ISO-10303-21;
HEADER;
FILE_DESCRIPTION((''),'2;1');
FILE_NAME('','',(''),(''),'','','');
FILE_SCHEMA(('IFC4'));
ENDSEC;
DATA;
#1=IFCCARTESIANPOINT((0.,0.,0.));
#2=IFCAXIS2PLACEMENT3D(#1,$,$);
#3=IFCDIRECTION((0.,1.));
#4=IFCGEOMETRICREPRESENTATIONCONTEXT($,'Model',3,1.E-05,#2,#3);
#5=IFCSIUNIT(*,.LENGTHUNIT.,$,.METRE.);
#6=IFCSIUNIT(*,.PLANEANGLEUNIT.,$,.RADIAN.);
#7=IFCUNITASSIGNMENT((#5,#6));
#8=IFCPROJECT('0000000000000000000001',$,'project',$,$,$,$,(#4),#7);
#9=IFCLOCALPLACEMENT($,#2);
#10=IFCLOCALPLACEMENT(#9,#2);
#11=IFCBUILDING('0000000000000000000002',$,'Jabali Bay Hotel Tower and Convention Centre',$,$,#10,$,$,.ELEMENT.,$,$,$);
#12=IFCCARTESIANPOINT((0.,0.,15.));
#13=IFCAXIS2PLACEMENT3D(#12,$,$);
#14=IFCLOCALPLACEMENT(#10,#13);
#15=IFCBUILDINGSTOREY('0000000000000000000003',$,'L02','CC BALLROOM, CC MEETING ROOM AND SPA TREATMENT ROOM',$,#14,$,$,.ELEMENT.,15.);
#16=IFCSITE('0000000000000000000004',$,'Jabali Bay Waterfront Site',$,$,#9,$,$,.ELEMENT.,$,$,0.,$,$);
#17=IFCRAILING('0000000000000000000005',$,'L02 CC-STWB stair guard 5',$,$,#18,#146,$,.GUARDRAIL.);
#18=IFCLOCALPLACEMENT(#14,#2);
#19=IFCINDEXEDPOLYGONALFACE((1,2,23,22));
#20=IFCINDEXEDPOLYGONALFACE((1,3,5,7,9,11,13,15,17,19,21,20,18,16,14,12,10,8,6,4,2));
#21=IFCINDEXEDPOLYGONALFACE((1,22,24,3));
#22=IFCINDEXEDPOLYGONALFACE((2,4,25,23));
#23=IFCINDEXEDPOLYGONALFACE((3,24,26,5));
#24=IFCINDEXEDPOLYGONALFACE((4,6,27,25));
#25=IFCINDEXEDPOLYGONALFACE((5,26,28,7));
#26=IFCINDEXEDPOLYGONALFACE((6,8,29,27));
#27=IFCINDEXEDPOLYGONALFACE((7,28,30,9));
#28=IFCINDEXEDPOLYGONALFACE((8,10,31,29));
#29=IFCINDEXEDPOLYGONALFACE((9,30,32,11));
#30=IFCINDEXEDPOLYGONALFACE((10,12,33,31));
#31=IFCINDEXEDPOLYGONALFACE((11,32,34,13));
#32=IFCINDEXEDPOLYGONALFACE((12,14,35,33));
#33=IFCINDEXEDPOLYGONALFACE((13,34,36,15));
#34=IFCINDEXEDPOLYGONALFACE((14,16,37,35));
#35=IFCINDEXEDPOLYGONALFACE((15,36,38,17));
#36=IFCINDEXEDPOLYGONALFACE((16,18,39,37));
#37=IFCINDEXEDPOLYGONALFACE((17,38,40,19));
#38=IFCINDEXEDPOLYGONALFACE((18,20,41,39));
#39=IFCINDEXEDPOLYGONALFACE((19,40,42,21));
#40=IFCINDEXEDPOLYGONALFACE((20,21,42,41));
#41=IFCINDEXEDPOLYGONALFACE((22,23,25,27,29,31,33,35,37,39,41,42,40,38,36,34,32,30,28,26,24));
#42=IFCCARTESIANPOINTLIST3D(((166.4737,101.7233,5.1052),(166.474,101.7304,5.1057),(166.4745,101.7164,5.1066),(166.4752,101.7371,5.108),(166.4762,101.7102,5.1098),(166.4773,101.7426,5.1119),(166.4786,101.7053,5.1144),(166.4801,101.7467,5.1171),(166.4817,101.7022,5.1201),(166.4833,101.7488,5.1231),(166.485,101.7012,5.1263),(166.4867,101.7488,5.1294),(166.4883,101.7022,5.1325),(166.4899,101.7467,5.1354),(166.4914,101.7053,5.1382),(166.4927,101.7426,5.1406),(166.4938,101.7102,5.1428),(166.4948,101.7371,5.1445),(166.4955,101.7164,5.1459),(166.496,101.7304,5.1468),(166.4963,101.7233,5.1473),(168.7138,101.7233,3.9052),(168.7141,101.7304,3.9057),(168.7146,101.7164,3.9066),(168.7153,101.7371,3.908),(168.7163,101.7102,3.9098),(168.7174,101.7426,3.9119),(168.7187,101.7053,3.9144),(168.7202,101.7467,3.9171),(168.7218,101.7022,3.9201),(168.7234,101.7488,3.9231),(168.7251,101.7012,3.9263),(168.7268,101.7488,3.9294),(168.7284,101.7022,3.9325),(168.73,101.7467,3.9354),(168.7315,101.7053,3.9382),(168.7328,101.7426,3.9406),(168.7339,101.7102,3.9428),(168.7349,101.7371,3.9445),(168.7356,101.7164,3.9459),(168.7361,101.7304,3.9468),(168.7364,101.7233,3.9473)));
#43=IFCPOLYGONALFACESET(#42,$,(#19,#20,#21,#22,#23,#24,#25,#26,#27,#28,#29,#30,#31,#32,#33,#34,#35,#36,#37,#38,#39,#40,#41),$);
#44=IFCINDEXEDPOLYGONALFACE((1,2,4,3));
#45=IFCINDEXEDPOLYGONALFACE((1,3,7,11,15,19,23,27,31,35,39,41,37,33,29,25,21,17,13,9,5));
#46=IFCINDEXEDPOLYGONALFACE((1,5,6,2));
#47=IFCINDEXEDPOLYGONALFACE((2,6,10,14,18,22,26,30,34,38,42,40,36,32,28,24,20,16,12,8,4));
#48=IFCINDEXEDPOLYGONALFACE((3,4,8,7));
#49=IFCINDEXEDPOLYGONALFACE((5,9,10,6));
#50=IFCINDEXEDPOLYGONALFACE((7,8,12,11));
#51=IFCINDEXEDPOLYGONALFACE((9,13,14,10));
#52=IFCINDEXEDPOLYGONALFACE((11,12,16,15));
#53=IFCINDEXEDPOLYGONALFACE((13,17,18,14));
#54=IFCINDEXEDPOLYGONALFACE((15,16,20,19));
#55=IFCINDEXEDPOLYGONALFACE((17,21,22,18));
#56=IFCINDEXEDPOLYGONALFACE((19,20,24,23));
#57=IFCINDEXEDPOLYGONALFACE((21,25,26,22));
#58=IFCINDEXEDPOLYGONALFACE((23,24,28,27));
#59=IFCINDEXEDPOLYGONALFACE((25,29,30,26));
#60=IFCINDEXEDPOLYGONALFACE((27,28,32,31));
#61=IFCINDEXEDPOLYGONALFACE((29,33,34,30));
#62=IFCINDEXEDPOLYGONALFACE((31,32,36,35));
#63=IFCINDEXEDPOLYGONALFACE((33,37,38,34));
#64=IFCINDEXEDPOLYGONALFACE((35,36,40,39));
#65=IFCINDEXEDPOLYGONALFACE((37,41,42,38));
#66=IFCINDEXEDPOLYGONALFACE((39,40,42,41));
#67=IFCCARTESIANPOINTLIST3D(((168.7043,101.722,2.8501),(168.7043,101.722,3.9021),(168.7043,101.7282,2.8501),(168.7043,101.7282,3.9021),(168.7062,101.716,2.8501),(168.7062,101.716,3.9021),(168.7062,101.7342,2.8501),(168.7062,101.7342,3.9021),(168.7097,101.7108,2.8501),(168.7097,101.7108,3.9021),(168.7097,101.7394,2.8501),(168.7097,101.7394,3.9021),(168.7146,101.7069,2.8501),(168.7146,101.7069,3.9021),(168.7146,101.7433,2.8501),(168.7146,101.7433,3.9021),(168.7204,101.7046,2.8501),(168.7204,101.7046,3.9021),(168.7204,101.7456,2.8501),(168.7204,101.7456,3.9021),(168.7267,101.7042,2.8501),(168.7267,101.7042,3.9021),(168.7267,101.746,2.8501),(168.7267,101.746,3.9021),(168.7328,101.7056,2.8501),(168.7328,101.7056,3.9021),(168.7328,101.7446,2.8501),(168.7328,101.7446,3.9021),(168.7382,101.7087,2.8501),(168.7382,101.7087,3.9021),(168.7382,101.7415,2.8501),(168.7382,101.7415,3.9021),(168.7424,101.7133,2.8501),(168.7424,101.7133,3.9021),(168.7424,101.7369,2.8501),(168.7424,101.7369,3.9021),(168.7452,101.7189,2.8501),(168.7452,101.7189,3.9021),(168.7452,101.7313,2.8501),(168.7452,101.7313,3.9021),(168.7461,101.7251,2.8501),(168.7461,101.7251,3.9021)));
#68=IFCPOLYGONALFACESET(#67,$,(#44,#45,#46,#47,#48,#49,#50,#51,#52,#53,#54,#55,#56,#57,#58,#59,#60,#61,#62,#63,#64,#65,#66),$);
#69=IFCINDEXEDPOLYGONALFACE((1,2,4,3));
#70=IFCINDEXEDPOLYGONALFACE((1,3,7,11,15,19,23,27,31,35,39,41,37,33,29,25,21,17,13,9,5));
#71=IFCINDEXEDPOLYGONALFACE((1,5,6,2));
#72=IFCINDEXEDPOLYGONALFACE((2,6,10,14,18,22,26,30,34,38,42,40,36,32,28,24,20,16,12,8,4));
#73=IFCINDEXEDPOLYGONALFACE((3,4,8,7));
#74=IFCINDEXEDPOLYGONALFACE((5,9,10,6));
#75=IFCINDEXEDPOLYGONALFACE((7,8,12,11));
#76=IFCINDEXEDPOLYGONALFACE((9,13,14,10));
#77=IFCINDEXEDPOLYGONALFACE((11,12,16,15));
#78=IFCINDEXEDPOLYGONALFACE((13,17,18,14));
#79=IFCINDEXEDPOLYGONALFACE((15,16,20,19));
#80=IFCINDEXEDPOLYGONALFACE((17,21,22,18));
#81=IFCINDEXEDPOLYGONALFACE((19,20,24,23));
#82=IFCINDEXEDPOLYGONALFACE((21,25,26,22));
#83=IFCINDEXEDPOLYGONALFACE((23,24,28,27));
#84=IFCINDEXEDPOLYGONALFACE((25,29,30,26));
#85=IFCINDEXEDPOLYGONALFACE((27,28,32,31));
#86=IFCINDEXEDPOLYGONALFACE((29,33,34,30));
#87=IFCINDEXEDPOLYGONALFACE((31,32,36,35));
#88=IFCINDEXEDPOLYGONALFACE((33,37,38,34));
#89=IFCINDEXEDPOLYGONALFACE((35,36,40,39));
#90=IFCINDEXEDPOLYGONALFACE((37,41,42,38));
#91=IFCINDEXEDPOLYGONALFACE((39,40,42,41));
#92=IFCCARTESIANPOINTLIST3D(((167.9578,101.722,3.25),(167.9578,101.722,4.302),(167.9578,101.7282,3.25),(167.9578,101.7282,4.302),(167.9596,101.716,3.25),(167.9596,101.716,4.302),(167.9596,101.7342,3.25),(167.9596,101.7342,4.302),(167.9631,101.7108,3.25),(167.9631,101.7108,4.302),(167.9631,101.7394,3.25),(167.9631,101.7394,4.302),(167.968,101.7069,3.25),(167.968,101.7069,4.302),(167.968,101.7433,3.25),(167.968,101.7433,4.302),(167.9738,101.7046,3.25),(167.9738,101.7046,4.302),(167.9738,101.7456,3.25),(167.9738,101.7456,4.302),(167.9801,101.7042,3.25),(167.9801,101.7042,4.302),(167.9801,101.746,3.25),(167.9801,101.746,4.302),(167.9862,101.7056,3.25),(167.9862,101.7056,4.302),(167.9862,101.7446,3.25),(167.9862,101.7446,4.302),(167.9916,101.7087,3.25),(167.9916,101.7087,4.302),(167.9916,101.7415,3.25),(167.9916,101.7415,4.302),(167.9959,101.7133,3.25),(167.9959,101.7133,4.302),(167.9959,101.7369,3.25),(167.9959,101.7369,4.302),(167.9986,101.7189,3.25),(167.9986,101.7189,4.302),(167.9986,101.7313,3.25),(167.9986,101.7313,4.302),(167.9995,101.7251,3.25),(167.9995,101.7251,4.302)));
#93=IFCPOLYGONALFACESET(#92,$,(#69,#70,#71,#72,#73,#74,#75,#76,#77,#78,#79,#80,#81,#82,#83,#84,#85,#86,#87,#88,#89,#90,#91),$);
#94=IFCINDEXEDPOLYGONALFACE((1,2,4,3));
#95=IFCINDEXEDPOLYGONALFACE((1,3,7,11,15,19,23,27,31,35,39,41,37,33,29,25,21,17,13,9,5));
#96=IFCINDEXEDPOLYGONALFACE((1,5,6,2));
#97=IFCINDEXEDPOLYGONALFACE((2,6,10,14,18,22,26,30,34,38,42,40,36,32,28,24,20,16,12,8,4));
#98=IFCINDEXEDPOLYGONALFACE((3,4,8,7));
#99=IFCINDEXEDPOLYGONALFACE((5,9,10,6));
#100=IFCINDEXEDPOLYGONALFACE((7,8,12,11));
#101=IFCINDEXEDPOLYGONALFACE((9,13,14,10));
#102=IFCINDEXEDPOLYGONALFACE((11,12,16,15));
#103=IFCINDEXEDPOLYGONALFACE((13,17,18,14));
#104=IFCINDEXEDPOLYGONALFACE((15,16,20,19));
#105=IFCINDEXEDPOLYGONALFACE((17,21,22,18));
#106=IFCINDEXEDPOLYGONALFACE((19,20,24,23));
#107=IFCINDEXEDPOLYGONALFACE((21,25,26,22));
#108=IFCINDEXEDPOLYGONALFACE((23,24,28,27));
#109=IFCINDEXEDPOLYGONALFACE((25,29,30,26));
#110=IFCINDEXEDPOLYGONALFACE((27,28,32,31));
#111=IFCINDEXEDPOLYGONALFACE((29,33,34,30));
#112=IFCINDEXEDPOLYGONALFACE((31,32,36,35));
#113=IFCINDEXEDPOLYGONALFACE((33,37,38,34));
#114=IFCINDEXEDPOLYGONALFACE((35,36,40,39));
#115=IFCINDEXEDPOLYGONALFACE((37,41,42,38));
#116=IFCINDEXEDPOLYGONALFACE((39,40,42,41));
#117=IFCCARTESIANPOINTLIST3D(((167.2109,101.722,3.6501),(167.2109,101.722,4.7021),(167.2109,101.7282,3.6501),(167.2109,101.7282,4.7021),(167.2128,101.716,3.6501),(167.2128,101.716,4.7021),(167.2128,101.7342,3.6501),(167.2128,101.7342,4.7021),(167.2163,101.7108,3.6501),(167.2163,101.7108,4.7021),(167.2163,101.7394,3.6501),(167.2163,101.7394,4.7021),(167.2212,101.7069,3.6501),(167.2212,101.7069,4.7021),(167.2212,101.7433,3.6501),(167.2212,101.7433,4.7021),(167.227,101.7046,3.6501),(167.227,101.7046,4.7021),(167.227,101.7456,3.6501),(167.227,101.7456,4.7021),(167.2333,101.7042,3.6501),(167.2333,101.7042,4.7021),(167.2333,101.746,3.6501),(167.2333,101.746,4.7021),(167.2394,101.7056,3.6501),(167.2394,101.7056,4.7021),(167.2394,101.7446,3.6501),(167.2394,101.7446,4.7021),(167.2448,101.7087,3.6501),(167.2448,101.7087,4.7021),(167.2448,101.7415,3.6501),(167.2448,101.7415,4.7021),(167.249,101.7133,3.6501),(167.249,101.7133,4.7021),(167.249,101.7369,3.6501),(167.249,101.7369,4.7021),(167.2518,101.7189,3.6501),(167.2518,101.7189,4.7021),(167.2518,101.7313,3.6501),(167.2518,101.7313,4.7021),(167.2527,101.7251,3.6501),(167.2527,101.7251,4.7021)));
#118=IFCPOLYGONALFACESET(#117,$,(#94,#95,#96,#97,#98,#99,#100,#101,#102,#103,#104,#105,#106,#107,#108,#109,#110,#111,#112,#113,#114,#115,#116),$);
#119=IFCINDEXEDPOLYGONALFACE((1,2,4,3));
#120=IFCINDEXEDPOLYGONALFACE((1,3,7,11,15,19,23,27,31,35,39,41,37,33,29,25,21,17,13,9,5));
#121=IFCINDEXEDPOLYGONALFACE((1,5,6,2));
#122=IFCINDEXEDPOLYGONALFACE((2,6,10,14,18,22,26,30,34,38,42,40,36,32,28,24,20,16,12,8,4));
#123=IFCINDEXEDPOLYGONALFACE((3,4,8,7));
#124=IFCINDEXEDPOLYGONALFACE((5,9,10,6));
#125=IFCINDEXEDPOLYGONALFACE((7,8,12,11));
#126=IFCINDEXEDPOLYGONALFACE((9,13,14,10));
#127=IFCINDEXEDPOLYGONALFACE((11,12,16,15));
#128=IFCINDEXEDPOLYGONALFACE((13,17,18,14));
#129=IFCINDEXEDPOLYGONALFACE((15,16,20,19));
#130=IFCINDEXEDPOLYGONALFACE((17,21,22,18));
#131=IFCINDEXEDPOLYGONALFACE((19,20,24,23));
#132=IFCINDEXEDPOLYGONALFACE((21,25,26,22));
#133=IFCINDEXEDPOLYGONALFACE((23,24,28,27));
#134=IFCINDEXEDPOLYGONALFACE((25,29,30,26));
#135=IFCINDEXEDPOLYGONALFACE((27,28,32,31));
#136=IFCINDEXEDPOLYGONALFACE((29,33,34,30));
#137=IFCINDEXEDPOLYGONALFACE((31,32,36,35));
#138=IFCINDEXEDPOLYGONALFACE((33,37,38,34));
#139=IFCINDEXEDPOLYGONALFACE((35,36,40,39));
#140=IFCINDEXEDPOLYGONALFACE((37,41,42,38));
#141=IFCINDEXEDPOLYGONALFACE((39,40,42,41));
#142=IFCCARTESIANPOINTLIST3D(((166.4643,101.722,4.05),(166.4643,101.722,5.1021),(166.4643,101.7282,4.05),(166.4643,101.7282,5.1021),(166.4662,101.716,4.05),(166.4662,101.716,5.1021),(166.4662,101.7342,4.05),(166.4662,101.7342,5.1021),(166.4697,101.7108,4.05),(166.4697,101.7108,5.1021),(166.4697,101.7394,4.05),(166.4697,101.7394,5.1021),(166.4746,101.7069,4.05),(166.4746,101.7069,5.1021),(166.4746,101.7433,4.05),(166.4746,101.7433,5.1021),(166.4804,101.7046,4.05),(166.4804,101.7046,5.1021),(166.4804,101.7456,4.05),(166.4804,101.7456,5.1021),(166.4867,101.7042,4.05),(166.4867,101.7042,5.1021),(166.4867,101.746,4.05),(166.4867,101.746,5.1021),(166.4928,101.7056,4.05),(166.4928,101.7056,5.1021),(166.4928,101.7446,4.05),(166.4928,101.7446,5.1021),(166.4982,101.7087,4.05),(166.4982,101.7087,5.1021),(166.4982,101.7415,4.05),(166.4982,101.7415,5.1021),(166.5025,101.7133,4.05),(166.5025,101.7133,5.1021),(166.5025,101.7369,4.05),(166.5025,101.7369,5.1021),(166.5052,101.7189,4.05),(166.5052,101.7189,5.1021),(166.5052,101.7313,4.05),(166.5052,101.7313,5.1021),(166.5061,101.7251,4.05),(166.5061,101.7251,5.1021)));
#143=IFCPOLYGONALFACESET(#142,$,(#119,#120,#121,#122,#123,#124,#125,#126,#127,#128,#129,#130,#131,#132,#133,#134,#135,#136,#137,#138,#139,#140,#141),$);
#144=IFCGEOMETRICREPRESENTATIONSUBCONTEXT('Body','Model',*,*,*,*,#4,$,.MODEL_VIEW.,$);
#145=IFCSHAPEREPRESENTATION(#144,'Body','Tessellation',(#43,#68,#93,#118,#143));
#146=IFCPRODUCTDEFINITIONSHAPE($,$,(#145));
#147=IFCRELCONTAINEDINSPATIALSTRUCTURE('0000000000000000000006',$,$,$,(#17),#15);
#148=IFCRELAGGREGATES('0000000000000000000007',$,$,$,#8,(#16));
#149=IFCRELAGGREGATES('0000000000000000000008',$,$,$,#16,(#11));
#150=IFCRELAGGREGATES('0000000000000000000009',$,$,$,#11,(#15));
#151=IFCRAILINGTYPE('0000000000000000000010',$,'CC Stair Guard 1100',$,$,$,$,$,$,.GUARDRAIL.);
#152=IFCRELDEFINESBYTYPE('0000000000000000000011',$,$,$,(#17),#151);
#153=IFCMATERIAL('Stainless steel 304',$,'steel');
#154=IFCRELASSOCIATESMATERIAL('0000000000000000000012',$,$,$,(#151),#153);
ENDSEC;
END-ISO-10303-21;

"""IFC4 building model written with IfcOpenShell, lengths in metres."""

from ifc_helpers import new_model, si_unit, direction, frame, origin, origin_2d, place, context, subcontext, project, spatial, circle, extrude, material, type_object, element, save


model = new_model("IFC4")

# Units and contexts
model_context = context("Model", 3, precision=1e-05, world=origin(), true_north=direction((0.0, 1.0)))
body_context = subcontext(model_context, "Body", "Model", "MODEL_VIEW")
ifc_project = project(units=[si_unit("LENGTHUNIT", "METRE"), si_unit("PLANEANGLEUNIT", "RADIAN")], contexts=[model_context])

# Site, building, storey
site_placement = place(None, origin())
site = spatial("IfcSite", under=ifc_project, at=site_placement, Name="Jabali Bay Waterfront Site", CompositionType="ELEMENT", RefElevation=0.0)
building_placement = place(site_placement, origin())
building = spatial("IfcBuilding", under=site, at=building_placement, Name="Jabali Bay Hotel Tower and Convention Centre", CompositionType="ELEMENT")
storey_placement = place(building_placement, frame((0.0, 0.0, 15.0)))
storey = spatial("IfcBuildingStorey", under=building, at=storey_placement, Name="L02", Description="CC BALLROOM, CC MEETING ROOM AND SPA TREATMENT ROOM", CompositionType="ELEMENT", Elevation=15.0)

# Railing
ifc_material_1 = material(Name="Stainless steel 304", Category="steel")
railing_type_1 = type_object("IfcRailingType", Name="CC Stair Guard 1100", PredefinedType="GUARDRAIL", material=ifc_material_1)
railing_1_placement = place(storey_placement, frame((168.7251, 101.7251, 2.8501)))
element("IfcRailing", 1, at=railing_1_placement, inside=storey, type_object=railing_type_1, Name="L02 CC-STWB stair guard 5", PredefinedType="GUARDRAIL", context=body_context, shape_type="SweptSolid", body=[
    extrude(circle(Radius=0.0239, at=origin_2d()), frame((0.0, 0.0, 1.0762), z_axis=(-0.881487, 0.0, 0.472208), x_axis=(0.0, -1.0, 0.0)), (0.0, 0.0, 1.0), 2.5413),
    extrude(circle(Radius=0.021, at=origin_2d()), origin(), (0.0, 0.0, 1.0), 1.052),
    extrude(circle(Radius=0.021, at=origin_2d()), frame((-0.7466, 0.0, 0.3999)), (0.0, 0.0, 1.0), 1.052),
    extrude(circle(Radius=0.021, at=origin_2d()), frame((-1.4934, 0.0, 0.8)), (0.0, 0.0, 1.0), 1.052),
    extrude(circle(Radius=0.021, at=origin_2d()), frame((-2.24, 0.0, 1.2)), (0.0, 0.0, 1.0), 1.052),
])

save(model, "model.ifc")
